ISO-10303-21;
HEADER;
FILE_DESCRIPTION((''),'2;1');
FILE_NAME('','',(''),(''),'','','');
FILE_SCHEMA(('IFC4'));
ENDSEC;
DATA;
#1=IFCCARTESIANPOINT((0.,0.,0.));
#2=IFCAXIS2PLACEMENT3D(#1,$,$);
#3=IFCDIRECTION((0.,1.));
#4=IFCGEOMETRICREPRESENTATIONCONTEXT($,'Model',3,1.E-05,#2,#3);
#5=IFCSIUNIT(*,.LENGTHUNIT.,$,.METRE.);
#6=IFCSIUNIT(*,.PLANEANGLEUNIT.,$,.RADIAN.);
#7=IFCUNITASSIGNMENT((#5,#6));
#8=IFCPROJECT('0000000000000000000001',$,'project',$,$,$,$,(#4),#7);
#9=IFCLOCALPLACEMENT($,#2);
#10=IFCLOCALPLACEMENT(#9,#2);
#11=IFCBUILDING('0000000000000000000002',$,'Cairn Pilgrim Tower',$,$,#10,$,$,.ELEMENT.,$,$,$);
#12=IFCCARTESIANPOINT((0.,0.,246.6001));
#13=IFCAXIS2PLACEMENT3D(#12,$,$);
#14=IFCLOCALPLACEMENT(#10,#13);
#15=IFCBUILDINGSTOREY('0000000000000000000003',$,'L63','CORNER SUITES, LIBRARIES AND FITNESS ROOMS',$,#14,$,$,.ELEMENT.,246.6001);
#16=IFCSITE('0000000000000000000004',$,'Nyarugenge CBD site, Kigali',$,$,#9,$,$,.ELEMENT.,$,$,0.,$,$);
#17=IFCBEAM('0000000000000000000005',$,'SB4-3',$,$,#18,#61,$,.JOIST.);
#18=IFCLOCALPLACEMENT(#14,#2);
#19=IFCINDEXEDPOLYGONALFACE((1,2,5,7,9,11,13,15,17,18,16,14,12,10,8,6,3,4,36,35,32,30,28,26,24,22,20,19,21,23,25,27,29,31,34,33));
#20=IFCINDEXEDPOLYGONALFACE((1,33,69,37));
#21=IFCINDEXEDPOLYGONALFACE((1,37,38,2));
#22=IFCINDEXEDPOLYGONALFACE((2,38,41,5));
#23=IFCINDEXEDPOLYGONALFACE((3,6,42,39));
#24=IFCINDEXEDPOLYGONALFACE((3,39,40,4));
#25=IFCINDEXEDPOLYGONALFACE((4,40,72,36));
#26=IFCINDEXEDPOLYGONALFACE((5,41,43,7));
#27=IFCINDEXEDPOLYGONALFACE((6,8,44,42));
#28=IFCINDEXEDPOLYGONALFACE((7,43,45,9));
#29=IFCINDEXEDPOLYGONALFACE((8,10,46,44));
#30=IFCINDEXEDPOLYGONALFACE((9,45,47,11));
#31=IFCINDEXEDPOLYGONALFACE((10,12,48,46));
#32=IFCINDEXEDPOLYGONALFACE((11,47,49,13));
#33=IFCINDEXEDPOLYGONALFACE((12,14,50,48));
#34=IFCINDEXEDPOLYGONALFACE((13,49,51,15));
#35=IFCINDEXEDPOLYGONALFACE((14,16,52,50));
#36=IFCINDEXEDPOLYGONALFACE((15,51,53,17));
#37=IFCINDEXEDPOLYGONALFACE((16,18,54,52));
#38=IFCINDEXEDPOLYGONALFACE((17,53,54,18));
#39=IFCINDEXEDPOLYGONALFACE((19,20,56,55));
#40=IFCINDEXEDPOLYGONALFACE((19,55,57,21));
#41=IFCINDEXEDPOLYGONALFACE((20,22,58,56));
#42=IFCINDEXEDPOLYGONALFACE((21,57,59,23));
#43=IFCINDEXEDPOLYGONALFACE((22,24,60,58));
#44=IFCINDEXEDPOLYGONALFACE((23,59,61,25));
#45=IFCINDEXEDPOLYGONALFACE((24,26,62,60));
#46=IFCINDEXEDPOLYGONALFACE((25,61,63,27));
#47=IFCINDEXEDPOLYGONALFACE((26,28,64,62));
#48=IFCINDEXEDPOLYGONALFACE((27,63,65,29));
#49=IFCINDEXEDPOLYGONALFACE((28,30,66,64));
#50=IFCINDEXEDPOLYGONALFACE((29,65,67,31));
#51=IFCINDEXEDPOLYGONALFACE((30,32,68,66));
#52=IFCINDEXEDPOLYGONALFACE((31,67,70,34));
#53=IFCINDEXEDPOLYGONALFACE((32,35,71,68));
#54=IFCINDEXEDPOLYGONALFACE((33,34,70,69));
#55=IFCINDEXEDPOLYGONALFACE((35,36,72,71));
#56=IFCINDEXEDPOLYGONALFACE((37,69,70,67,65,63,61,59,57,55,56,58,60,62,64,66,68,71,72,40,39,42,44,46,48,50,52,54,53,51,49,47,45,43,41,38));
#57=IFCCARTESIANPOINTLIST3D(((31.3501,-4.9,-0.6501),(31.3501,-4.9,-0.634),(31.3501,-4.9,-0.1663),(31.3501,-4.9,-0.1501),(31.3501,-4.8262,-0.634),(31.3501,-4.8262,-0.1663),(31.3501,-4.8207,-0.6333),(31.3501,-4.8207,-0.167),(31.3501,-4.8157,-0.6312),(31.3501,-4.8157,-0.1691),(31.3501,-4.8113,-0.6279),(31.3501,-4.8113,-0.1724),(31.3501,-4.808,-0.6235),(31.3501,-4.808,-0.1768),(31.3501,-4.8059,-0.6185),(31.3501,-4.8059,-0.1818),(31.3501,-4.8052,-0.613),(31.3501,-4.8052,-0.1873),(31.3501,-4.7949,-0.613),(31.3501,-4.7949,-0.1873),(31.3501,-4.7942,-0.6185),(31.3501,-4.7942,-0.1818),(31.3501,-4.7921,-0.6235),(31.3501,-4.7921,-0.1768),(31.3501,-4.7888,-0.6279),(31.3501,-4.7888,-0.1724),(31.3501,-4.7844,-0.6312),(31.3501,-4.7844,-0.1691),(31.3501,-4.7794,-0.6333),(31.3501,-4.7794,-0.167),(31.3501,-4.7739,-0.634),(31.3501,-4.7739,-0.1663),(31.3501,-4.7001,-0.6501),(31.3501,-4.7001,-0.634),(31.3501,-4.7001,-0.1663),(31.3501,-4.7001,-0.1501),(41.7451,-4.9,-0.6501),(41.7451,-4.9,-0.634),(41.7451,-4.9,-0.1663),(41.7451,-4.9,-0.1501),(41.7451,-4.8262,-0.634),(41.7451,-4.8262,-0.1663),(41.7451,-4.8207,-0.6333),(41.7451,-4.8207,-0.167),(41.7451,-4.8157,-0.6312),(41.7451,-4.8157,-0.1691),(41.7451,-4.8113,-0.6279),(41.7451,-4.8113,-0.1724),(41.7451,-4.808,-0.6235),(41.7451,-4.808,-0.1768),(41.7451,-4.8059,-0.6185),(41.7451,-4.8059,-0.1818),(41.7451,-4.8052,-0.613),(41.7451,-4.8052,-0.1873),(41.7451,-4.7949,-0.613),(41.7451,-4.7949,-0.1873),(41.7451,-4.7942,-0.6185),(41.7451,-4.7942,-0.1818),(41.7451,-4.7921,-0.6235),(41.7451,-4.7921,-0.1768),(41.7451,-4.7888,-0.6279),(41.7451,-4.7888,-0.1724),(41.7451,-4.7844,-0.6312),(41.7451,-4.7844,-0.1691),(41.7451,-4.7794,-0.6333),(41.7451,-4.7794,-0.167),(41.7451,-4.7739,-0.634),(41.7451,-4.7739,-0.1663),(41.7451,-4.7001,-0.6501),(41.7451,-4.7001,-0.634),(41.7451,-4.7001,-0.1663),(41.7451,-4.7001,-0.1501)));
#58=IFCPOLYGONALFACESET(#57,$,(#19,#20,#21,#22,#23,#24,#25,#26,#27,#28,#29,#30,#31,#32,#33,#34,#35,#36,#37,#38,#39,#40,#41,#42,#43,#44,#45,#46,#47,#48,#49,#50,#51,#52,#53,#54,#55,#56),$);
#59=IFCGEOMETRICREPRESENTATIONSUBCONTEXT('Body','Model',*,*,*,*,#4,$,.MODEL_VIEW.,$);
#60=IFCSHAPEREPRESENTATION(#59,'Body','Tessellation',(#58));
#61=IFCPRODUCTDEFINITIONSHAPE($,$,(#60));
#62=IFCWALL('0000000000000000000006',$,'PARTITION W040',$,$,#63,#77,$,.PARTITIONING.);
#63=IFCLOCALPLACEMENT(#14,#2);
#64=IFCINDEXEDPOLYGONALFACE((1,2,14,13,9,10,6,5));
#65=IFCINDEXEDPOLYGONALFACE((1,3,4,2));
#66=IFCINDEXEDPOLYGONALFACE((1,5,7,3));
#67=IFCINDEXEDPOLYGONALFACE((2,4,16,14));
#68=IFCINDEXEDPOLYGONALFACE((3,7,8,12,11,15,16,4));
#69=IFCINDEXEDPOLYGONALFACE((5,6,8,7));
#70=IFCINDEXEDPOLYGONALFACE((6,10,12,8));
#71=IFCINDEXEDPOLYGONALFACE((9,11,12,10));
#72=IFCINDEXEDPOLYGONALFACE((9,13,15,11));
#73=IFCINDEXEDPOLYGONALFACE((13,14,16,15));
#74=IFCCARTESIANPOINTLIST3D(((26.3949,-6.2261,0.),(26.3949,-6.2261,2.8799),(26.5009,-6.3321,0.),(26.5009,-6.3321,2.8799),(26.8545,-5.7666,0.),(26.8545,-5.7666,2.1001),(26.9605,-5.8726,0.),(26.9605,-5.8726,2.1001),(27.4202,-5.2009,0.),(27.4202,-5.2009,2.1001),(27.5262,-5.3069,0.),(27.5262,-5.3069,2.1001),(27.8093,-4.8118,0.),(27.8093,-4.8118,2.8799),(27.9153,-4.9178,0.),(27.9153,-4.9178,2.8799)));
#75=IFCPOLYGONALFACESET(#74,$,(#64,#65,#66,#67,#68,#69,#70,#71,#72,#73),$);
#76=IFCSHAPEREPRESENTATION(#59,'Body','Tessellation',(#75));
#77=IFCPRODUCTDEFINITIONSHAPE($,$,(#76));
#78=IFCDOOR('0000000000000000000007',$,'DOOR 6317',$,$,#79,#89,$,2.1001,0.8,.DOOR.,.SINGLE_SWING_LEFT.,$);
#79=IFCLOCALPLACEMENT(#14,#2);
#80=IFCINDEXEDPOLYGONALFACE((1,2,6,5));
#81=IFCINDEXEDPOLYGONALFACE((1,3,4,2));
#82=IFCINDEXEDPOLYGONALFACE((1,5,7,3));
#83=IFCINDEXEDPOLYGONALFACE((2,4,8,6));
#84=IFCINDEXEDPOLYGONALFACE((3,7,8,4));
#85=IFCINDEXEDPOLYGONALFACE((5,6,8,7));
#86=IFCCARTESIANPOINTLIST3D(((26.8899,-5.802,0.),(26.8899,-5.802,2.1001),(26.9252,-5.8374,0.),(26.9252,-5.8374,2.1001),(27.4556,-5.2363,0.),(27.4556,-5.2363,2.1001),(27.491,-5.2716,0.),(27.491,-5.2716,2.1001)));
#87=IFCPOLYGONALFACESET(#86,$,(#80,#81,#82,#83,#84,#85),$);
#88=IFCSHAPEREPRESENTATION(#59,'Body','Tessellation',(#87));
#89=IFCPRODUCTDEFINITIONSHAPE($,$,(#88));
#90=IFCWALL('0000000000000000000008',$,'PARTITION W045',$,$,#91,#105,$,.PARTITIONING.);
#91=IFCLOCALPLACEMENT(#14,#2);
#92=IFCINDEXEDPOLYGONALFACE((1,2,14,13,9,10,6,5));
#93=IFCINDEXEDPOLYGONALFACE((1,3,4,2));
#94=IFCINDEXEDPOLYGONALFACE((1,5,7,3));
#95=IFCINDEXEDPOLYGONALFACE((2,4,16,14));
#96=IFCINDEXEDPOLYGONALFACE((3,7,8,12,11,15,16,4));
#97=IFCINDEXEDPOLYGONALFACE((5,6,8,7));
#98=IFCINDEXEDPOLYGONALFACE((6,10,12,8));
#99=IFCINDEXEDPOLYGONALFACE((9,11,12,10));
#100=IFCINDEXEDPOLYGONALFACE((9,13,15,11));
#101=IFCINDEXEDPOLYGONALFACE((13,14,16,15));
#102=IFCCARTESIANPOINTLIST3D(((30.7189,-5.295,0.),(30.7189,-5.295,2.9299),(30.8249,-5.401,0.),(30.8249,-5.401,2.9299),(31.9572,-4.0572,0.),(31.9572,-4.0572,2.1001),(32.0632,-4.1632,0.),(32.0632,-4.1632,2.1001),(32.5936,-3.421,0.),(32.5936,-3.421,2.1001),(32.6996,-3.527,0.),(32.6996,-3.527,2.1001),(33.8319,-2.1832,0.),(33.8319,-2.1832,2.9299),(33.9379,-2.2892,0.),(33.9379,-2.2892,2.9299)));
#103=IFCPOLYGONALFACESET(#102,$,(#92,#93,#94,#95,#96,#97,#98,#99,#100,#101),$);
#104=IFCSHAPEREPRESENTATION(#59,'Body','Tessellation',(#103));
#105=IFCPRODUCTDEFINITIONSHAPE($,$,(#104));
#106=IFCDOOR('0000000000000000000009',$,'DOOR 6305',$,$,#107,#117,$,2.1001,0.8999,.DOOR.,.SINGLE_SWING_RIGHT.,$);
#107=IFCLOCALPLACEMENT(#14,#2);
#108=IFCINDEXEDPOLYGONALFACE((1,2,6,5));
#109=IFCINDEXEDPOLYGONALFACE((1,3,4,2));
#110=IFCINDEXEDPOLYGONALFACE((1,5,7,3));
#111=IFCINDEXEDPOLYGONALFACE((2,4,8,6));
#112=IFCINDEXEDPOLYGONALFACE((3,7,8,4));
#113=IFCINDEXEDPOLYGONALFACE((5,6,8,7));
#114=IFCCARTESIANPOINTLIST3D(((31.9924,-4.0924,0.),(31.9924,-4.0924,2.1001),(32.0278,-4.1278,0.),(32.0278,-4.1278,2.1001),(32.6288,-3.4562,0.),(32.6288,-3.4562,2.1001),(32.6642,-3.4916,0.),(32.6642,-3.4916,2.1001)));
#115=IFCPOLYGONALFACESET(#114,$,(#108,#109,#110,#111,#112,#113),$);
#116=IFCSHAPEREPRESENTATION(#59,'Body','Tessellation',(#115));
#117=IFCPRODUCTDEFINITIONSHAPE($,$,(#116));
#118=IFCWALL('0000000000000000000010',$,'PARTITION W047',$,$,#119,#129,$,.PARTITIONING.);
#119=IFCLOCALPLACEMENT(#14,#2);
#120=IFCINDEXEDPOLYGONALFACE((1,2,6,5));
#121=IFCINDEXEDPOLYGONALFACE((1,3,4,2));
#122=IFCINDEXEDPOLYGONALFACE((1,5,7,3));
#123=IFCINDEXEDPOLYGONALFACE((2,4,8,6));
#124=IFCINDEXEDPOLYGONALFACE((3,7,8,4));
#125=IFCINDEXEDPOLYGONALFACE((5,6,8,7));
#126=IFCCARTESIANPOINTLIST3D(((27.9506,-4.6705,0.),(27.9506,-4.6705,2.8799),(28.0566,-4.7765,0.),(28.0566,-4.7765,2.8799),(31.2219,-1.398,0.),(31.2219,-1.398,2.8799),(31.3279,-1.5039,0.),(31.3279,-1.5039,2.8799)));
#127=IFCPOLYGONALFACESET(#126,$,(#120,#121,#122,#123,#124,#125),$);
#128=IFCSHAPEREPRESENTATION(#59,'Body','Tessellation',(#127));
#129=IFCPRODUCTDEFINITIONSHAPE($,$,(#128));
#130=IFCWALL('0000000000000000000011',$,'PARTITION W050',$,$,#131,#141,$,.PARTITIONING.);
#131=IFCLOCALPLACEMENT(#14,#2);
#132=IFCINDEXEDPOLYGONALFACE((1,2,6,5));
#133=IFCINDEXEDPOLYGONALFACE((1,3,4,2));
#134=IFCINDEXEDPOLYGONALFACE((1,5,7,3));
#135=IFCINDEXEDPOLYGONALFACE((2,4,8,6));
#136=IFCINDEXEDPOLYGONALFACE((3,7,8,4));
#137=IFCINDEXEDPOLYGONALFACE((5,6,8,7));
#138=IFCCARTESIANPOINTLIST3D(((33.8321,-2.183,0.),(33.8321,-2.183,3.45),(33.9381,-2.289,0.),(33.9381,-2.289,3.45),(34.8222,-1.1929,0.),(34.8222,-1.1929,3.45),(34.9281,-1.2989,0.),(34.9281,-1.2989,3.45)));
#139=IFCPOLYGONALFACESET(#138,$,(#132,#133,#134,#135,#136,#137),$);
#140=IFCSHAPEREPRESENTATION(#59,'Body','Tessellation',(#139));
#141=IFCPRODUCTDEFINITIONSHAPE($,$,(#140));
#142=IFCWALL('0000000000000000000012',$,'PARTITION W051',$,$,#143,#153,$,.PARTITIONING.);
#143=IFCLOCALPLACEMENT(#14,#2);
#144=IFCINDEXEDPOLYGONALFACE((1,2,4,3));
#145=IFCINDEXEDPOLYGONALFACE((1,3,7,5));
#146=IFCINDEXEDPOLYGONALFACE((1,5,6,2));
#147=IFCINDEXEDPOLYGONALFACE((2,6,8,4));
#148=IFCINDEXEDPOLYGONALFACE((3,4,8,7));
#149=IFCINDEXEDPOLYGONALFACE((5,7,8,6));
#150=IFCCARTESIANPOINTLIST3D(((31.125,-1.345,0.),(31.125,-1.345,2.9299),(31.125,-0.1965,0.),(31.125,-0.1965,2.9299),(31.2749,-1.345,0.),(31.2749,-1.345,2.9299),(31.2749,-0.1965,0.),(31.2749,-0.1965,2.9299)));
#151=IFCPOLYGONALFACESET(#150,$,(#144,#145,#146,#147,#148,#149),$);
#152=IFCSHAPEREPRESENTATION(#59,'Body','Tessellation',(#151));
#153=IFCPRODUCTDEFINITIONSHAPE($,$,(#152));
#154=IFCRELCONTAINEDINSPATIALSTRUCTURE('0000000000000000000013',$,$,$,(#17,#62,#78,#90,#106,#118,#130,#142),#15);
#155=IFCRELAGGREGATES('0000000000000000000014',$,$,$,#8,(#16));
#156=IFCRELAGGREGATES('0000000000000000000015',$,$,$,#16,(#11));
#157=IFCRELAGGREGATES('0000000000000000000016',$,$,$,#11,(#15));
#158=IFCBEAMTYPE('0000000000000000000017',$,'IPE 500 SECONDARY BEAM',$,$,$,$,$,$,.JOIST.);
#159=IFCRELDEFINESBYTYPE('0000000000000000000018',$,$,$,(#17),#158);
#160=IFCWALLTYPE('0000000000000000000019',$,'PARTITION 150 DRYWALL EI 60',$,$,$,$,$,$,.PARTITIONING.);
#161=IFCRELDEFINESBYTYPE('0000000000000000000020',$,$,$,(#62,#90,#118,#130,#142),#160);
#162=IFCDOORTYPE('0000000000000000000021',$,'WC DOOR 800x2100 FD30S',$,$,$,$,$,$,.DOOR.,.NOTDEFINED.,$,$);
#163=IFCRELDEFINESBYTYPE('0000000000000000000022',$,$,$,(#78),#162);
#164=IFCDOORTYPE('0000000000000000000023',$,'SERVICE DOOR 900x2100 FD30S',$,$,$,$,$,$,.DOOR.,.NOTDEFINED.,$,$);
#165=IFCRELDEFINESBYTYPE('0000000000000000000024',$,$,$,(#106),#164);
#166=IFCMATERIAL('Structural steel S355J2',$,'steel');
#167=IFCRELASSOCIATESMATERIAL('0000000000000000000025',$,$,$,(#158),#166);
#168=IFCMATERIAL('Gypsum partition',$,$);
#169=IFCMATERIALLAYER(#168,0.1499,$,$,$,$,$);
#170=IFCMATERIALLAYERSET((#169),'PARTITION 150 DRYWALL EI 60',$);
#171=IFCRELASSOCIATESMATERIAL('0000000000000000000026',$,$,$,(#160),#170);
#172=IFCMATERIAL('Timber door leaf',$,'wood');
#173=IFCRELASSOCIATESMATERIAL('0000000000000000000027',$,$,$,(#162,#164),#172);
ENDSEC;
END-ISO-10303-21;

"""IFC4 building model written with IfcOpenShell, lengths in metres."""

from ifc_helpers import new_model, si_unit, direction, frame, frame_2d, origin, origin_2d, place, context, subcontext, project, spatial, rectangle, i_section, extrude, material, layer, layer_set, material_profile, profile_set, type_object, element, fill, save


model = new_model("IFC4")

# Units and contexts
model_context = context("Model", 3, precision=1e-05, world=origin(), true_north=direction((0.0, 1.0)))
body_context = subcontext(model_context, "Body", "Model", "MODEL_VIEW")
ifc_project = project(units=[si_unit("LENGTHUNIT", "METRE"), si_unit("PLANEANGLEUNIT", "RADIAN")], contexts=[model_context])

# Site, building, storey
site_placement = place(None, origin())
site = spatial("IfcSite", under=ifc_project, at=site_placement, Name="Nyarugenge CBD site, Kigali", CompositionType="ELEMENT", RefElevation=0.0)
building_placement = place(site_placement, origin())
building = spatial("IfcBuilding", under=site, at=building_placement, Name="Cairn Pilgrim Tower", CompositionType="ELEMENT")
storey_placement = place(building_placement, frame((0.0, 0.0, 246.6001)))
storey = spatial("IfcBuildingStorey", under=building, at=storey_placement, Name="L63", Description="CORNER SUITES, LIBRARIES AND FITNESS ROOMS", CompositionType="ELEMENT", Elevation=246.6001)

# Shared definitions
ifc_material_1 = material(Name="Structural steel S355J2", Category="steel")

# Beam
ifc_material_profile_1 = material_profile(ifc_material_1, i_section(OverallWidth=0.2, OverallDepth=0.5, WebThickness=0.0103, FlangeThickness=0.0161, FilletRadius=0.021, at=origin_2d()), Name="IPE 500")
ifc_profile_set_1 = profile_set([ifc_material_profile_1], Name="Structural steel S355J2")
beam_type_1 = type_object("IfcBeamType", Name="IPE 500 SECONDARY BEAM", PredefinedType="JOIST", material=ifc_profile_set_1)
beam_1_placement = place(storey_placement, frame((31.3501, -4.8, -0.4001), z_axis=(1.0, 0.0, 0.0), x_axis=(0.0, 1.0, 0.0)))
element("IfcBeam", 1, at=beam_1_placement, inside=storey, type_object=beam_type_1, Name="SB4-3", PredefinedType="JOIST", context=body_context, shape_type="SweptSolid", body=[
    extrude(i_section(OverallWidth=0.2, OverallDepth=0.5, WebThickness=0.0103, FlangeThickness=0.0161, FilletRadius=0.021, at=origin_2d()), origin(), (0.0, 0.0, 1.0), 10.395),
])

# Walls, openings, doors
ifc_material_2 = material(Name="Gypsum partition")
ifc_layer_1 = layer(ifc_material_2, 0.1499)
ifc_layer_set_1 = layer_set([ifc_layer_1], Name="PARTITION 150 DRYWALL EI 60")
wall_type_1 = type_object("IfcWallType", Name="PARTITION 150 DRYWALL EI 60", PredefinedType="PARTITIONING", material=ifc_layer_set_1)
wall_1_placement = place(storey_placement, frame((26.448, -6.2791, 0.0), z_axis=(0.0, 0.0, 1.0), x_axis=(0.707107, 0.707107, 0.0)))
wall_1 = element("IfcWall", 2, at=wall_1_placement, inside=storey, type_object=wall_type_1, Name="PARTITION W040", PredefinedType="PARTITIONING", context=body_context, shape_type="SweptSolid", body=[
    extrude(rectangle(XDim=2.0002, YDim=0.1499, at=frame_2d((1.0, 0.0))), origin(), (0.0, 0.0, 1.0), 2.8799),
])
opening_1_placement = place(wall_1_placement, frame((0.6499, 0.0, 0.0)))
opening_1 = element("IfcOpeningElement", 3, at=opening_1_placement, cuts=wall_1, PredefinedType="OPENING", context=body_context, shape_type="SweptSolid", body=[
    extrude(rectangle(XDim=0.8, YDim=2.1001, at=frame_2d((0.3999, 1.05))), frame((0.0, 0.085, 0.0), z_axis=(0.0, -1.0, 0.0), x_axis=(1.0, 0.0, 0.0)), (0.0, 0.0, 1.0), 0.1699),
])
ifc_material_3 = material(Name="Timber door leaf", Category="wood")
door_type_1 = type_object("IfcDoorType", Name="WC DOOR 800x2100 FD30S", OperationType="NOTDEFINED", PredefinedType="DOOR", material=ifc_material_3)
door_1_placement = place(opening_1_placement, origin())
door_1 = element("IfcDoor", 4, at=door_1_placement, inside=storey, type_object=door_type_1, Name="DOOR 6317", OperationType="SINGLE_SWING_LEFT", OverallHeight=2.1001, OverallWidth=0.8, PredefinedType="DOOR", context=body_context, shape_type="SweptSolid", body=[
    extrude(rectangle(XDim=0.8, YDim=2.1001, at=frame_2d((0.3999, 1.05))), frame((0.0, 0.0249, 0.0), z_axis=(0.0, -1.0, 0.0), x_axis=(1.0, 0.0, 0.0)), (0.0, 0.0, 1.0), 0.05),
])
fill(opening_1, door_1)
wall_2_placement = place(storey_placement, frame((30.772, -5.3479, 0.0), z_axis=(0.0, 0.0, 1.0), x_axis=(0.707245, 0.706968, 0.0)))
wall_2 = element("IfcWall", 5, at=wall_2_placement, inside=storey, type_object=wall_type_1, Name="PARTITION W045", PredefinedType="PARTITIONING", context=body_context, shape_type="SweptSolid", body=[
    extrude(rectangle(XDim=4.4016, YDim=0.1499, at=frame_2d((2.2007, 0.0))), origin(), (0.0, 0.0, 1.0), 2.9299),
])
opening_2_placement = place(wall_2_placement, frame((1.7507, 0.0, 0.0)))
opening_2 = element("IfcOpeningElement", 6, at=opening_2_placement, cuts=wall_2, PredefinedType="OPENING", context=body_context, shape_type="SweptSolid", body=[
    extrude(rectangle(XDim=0.8999, YDim=2.1001, at=frame_2d((0.45, 1.05))), frame((0.0, 0.085, 0.0), z_axis=(0.0, -1.0, 0.0), x_axis=(1.0, 0.0, 0.0)), (0.0, 0.0, 1.0), 0.1699),
])
door_type_2 = type_object("IfcDoorType", Name="SERVICE DOOR 900x2100 FD30S", OperationType="NOTDEFINED", PredefinedType="DOOR", material=ifc_material_3)
door_2_placement = place(opening_2_placement, frame((0.8999, 0.0, 0.0), z_axis=(0.0, 0.0, 1.0), x_axis=(-1.0, 0.0, 0.0)))
door_2 = element("IfcDoor", 7, at=door_2_placement, inside=storey, type_object=door_type_2, Name="DOOR 6305", OperationType="SINGLE_SWING_RIGHT", OverallHeight=2.1001, OverallWidth=0.8999, PredefinedType="DOOR", context=body_context, shape_type="SweptSolid", body=[
    extrude(rectangle(XDim=0.8999, YDim=2.1001, at=frame_2d((0.45, 1.05))), frame((0.0, 0.0249, 0.0), z_axis=(0.0, -1.0, 0.0), x_axis=(1.0, 0.0, 0.0)), (0.0, 0.0, 1.0), 0.05),
])
fill(opening_2, door_2)

# Walls
wall_3_placement = place(storey_placement, frame((28.0037, -4.7234, 0.0), z_axis=(0.0, 0.0, 1.0), x_axis=(0.706975, 0.707239, 0.0)))
element("IfcWall", 8, at=wall_3_placement, inside=storey, type_object=wall_type_1, Name="PARTITION W047", PredefinedType="PARTITIONING", context=body_context, shape_type="SweptSolid", body=[
    extrude(rectangle(XDim=4.6272, YDim=0.1499, at=frame_2d((2.3135, 0.0))), origin(), (0.0, 0.0, 1.0), 2.8799),
])
wall_4_placement = place(storey_placement, frame((33.885, -2.2361, 0.0), z_axis=(0.0, 0.0, 1.0), x_axis=(0.707107, 0.707107, 0.0)))
element("IfcWall", 9, at=wall_4_placement, inside=storey, type_object=wall_type_1, Name="PARTITION W050", PredefinedType="PARTITIONING", context=body_context, shape_type="SweptSolid", body=[
    extrude(rectangle(XDim=1.4001, YDim=0.1499, at=frame_2d((0.7002, 0.0))), origin(), (0.0, 0.0, 1.0), 3.45),
])
wall_5_placement = place(storey_placement, frame((31.2, -1.345, 0.0), z_axis=(0.0, 0.0, 1.0), x_axis=(0.0, 1.0, 0.0)))
element("IfcWall", 10, at=wall_5_placement, inside=storey, type_object=wall_type_1, Name="PARTITION W051", PredefinedType="PARTITIONING", context=body_context, shape_type="SweptSolid", body=[
    extrude(rectangle(XDim=1.1484, YDim=0.1499, at=frame_2d((0.5742, 0.0))), origin(), (0.0, 0.0, 1.0), 2.9299),
])

save(model, "model.ifc")
